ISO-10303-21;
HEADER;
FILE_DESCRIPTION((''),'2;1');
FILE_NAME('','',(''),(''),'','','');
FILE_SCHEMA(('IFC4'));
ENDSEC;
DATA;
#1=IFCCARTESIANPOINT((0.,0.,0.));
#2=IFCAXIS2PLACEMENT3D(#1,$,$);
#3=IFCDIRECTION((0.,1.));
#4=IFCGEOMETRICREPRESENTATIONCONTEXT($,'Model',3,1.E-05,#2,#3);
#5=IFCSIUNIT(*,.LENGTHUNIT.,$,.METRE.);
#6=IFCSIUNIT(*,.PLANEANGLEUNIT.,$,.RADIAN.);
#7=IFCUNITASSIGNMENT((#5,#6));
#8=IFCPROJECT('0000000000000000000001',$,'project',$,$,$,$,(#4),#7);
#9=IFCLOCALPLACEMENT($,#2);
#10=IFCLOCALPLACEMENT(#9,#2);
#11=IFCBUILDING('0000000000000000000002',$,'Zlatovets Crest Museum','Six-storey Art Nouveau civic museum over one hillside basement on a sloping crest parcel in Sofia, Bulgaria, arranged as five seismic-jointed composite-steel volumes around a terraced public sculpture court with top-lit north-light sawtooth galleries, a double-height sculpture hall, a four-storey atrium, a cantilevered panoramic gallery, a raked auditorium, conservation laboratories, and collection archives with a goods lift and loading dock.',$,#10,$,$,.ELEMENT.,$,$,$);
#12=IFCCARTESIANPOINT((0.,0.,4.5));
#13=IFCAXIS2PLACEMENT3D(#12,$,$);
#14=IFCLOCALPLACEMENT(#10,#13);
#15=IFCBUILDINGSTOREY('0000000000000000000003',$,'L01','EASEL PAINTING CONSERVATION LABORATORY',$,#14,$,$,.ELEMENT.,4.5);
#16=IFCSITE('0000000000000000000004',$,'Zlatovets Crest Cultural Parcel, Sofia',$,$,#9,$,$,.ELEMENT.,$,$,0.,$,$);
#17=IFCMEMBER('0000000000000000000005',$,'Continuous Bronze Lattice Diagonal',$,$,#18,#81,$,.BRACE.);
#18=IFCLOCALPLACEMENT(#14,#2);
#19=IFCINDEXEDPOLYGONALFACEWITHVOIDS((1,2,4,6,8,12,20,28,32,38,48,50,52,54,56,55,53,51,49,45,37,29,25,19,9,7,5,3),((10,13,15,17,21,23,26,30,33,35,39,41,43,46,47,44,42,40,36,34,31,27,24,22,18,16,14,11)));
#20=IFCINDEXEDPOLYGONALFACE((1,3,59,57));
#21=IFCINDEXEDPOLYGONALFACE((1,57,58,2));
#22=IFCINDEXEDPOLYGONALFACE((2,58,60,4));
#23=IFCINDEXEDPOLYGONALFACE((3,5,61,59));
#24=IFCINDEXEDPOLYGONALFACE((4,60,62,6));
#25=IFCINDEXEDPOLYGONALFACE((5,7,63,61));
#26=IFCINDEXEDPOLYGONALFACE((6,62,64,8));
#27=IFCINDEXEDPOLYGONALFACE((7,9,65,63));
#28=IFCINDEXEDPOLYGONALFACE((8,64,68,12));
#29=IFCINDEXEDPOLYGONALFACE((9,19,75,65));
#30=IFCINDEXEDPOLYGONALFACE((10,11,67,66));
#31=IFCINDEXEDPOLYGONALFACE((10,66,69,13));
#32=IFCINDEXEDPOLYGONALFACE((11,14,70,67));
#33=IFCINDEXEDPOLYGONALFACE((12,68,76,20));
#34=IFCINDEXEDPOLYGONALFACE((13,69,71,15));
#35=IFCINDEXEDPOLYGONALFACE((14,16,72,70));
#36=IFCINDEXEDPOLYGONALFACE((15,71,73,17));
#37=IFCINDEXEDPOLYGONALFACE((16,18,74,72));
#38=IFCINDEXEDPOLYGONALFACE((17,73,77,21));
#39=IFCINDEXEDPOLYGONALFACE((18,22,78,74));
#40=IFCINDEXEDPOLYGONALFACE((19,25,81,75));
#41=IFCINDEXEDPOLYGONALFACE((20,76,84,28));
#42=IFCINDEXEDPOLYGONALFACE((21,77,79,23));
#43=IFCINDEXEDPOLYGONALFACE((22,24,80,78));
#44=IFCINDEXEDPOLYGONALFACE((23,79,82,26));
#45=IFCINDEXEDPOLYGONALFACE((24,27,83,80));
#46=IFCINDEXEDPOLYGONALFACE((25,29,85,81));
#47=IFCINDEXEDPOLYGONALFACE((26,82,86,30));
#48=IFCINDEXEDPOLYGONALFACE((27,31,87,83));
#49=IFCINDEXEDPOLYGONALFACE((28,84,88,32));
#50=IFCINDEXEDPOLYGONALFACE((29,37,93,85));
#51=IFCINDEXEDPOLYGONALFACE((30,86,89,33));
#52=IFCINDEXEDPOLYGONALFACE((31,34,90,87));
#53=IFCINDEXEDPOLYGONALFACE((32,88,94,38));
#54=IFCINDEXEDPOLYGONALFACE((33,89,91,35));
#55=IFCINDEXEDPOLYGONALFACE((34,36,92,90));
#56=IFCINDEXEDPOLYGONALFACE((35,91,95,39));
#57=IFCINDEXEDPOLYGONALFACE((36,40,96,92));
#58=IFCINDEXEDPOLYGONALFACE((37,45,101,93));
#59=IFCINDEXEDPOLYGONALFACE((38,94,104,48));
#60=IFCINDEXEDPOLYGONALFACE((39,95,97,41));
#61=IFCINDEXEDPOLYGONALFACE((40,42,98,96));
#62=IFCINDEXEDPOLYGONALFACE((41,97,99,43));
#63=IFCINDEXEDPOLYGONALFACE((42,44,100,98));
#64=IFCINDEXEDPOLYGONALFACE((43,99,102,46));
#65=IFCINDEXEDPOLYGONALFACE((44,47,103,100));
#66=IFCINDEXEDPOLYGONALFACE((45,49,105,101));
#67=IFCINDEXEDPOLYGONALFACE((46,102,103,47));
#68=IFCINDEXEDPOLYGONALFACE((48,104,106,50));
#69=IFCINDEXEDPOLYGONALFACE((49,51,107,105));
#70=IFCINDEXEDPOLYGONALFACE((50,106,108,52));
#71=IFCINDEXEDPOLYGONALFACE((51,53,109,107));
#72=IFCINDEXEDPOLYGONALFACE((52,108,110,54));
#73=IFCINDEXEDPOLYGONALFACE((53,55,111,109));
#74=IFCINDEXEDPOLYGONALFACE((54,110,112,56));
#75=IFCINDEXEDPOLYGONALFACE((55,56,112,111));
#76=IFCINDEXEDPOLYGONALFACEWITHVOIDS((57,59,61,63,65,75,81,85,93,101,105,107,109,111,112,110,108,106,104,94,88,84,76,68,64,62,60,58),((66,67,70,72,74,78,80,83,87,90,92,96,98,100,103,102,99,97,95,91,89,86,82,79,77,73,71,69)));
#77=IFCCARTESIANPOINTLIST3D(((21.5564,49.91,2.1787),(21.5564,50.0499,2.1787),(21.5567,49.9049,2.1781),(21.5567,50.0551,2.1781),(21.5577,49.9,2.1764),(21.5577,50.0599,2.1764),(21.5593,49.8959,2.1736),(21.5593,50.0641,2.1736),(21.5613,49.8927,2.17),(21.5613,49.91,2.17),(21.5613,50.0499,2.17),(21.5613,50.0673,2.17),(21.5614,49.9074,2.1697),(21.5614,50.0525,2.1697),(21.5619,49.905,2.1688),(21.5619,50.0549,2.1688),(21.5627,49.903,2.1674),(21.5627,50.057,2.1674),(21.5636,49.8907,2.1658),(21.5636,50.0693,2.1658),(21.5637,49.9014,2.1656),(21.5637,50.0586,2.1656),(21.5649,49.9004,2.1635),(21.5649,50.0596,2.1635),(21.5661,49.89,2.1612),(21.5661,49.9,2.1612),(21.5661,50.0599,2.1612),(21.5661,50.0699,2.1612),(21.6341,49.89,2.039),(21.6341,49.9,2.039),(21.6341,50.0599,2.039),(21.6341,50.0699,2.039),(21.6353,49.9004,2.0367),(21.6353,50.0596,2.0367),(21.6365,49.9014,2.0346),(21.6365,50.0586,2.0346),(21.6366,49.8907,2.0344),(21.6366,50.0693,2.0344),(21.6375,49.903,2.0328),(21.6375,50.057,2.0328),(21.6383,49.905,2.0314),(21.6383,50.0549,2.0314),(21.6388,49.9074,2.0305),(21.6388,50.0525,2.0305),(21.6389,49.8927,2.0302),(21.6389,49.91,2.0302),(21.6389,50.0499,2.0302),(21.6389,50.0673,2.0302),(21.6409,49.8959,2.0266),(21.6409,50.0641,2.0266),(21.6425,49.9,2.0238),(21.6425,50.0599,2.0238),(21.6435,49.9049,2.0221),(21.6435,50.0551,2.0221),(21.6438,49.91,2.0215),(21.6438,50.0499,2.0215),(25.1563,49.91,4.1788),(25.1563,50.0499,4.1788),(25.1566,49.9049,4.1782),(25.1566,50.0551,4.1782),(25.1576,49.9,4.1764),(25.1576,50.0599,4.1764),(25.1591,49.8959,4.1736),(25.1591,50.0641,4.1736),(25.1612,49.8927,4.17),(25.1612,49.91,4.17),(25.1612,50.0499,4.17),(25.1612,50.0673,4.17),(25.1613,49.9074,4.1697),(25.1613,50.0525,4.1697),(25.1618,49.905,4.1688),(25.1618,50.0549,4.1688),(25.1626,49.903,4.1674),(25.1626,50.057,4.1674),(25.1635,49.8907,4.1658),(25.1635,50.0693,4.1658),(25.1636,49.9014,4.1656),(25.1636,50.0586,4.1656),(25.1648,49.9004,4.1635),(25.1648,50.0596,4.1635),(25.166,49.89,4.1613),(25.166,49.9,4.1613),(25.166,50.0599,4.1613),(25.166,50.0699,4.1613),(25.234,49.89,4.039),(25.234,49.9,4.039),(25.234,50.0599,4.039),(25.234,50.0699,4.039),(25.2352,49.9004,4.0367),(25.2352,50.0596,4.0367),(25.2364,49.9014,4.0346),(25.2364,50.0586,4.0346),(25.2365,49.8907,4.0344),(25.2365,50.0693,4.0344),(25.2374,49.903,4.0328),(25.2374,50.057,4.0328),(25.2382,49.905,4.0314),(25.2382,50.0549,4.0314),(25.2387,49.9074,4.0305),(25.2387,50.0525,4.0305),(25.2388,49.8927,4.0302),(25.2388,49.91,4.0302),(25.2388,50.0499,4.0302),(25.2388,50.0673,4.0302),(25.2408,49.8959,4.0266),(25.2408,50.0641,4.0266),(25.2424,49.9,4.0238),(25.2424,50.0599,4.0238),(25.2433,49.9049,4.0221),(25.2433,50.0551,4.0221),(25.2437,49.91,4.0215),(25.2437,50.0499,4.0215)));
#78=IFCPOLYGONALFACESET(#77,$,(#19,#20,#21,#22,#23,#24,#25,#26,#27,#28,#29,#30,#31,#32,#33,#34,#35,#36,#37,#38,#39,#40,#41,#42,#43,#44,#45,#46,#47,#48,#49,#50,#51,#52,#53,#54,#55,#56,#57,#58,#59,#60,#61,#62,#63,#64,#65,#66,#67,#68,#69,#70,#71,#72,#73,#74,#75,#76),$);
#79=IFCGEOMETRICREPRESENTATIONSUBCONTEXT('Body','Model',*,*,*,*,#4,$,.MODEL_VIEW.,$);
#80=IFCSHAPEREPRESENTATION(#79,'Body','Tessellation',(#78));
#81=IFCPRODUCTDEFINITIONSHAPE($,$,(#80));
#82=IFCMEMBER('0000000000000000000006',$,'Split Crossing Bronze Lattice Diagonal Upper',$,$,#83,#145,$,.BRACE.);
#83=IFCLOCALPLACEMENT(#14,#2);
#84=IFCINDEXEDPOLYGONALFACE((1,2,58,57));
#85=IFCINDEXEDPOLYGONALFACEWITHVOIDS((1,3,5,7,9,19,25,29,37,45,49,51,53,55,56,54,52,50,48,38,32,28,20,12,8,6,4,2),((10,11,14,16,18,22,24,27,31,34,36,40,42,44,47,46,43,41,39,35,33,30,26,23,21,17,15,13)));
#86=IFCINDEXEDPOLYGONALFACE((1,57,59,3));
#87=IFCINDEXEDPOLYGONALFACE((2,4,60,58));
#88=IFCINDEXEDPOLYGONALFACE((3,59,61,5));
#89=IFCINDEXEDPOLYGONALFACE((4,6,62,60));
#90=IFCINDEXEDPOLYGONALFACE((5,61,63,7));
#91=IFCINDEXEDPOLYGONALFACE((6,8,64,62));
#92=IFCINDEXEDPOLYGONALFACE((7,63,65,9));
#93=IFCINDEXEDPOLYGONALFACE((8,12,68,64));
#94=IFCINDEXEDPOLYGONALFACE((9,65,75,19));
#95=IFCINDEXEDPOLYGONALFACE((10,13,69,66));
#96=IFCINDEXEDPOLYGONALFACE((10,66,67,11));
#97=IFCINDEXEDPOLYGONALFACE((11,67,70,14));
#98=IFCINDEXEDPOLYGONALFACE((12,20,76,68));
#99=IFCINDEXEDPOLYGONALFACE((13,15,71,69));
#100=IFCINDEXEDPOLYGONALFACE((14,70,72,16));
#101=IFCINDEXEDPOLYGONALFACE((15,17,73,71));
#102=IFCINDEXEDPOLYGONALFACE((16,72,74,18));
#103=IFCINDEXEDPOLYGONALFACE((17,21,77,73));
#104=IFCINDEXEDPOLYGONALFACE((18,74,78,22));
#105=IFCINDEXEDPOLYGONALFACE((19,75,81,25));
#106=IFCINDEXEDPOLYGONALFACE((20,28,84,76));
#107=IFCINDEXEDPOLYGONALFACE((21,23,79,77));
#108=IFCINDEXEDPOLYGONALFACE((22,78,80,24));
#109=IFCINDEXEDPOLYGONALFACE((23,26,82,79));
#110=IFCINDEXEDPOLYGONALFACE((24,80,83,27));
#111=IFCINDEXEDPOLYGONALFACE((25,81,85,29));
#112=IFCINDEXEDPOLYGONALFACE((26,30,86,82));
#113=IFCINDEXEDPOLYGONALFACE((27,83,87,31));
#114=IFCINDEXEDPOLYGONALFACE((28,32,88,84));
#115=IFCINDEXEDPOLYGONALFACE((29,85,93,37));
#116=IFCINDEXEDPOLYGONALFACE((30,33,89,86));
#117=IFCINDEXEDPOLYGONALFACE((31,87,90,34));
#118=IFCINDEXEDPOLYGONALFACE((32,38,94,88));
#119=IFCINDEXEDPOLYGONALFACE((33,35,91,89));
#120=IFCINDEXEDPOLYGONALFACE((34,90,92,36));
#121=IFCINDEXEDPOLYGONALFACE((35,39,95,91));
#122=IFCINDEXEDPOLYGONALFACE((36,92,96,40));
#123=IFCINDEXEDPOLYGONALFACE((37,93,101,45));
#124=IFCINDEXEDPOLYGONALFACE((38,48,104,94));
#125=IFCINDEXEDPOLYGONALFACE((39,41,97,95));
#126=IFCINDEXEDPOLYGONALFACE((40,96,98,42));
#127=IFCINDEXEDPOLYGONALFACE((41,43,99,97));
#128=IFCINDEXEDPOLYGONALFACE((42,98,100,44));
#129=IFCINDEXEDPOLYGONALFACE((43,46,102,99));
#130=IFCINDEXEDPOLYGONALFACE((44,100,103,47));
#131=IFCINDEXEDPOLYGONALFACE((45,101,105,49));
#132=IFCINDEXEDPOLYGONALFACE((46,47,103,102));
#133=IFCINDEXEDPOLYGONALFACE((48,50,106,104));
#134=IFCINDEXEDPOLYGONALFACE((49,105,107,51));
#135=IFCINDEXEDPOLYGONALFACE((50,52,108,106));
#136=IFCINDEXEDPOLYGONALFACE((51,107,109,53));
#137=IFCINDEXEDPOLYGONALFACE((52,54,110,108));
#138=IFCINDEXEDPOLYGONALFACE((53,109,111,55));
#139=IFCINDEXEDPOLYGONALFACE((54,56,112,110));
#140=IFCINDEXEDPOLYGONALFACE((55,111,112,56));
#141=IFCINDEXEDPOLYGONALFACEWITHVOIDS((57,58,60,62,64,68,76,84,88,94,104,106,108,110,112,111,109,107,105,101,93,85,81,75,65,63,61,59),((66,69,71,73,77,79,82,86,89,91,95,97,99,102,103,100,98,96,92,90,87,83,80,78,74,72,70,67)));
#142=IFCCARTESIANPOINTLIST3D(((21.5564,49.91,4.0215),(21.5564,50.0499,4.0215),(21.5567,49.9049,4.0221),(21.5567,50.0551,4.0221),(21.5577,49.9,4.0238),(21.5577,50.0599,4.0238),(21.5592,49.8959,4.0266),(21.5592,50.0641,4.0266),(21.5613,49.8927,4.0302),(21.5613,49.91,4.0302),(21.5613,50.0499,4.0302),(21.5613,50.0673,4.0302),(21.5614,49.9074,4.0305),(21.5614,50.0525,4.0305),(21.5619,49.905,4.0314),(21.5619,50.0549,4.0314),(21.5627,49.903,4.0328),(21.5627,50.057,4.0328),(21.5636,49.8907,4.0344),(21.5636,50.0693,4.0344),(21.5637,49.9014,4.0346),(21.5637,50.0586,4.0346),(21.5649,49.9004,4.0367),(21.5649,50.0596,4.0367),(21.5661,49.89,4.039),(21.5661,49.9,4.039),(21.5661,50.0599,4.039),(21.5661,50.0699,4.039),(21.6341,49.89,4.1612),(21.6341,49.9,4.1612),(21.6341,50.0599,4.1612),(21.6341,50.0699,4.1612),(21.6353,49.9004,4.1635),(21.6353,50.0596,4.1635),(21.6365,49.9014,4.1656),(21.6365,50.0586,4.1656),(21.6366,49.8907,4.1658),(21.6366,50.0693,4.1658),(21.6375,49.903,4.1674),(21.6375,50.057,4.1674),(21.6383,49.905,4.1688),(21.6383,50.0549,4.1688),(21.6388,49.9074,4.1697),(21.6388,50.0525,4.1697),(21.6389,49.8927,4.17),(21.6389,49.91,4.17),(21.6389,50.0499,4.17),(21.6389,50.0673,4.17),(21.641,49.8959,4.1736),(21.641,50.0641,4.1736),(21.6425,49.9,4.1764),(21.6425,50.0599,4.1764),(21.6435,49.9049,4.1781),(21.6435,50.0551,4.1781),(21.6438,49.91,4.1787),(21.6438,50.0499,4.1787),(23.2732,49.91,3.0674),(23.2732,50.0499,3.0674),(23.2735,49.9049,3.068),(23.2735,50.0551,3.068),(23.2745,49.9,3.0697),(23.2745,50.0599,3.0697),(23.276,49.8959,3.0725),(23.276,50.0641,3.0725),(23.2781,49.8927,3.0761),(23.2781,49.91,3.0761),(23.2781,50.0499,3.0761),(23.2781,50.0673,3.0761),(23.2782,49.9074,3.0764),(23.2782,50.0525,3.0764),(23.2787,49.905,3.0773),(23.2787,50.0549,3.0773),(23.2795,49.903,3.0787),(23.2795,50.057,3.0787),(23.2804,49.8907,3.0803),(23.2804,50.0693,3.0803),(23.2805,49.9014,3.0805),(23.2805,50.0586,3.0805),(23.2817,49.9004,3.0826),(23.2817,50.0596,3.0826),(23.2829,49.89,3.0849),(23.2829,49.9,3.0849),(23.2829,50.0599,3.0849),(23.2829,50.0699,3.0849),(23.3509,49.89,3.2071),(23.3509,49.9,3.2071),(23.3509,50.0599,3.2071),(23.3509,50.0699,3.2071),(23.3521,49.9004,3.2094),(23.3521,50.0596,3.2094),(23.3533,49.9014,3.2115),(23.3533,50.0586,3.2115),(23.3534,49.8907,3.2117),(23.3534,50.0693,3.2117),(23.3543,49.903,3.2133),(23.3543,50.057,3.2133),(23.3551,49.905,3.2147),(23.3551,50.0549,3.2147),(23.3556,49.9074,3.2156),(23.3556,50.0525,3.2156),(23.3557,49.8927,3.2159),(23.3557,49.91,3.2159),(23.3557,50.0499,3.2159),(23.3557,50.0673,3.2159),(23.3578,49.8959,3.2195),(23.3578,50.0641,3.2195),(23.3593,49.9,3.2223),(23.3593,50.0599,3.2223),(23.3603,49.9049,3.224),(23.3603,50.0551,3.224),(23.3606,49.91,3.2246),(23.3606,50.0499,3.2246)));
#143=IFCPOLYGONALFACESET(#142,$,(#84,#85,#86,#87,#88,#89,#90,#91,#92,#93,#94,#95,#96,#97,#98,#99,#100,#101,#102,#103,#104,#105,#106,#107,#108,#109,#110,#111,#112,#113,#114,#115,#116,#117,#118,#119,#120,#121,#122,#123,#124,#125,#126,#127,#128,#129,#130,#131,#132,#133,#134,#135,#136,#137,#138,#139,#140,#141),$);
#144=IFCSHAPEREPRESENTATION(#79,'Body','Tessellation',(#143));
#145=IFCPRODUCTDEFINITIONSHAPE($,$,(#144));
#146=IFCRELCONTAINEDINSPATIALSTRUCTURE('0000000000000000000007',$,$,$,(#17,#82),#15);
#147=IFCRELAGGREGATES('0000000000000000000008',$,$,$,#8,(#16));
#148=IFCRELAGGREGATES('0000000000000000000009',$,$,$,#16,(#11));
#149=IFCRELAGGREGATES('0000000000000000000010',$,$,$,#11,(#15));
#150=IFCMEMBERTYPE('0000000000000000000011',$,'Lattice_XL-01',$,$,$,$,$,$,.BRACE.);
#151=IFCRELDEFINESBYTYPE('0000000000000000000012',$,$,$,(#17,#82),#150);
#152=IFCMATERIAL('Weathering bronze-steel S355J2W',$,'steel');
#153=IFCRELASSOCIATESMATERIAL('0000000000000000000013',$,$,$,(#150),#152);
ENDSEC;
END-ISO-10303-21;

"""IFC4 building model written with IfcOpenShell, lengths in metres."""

from ifc_helpers import new_model, si_unit, direction, frame, origin, origin_2d, place, context, subcontext, project, spatial, hollow_rectangle, extrude, material, material_profile, profile_set, type_object, element, save


model = new_model("IFC4")

# Units and contexts
model_context = context("Model", 3, precision=1e-05, world=origin(), true_north=direction((0.0, 1.0)))
body_context = subcontext(model_context, "Body", "Model", "MODEL_VIEW")
ifc_project = project(units=[si_unit("LENGTHUNIT", "METRE"), si_unit("PLANEANGLEUNIT", "RADIAN")], contexts=[model_context])

# Site, building, storey
site_placement = place(None, origin())
site = spatial("IfcSite", under=ifc_project, at=site_placement, Name="Zlatovets Crest Cultural Parcel, Sofia", CompositionType="ELEMENT", RefElevation=0.0)
building_placement = place(site_placement, origin())
building = spatial("IfcBuilding", under=site, at=building_placement, Name="Zlatovets Crest Museum", Description="Six-storey Art Nouveau civic museum over one hillside basement on a sloping crest parcel in Sofia, Bulgaria, arranged as five seismic-jointed composite-steel volumes around a terraced public sculpture court with top-lit north-light sawtooth galleries, a double-height sculpture hall, a four-storey atrium, a cantilevered panoramic gallery, a raked auditorium, conservation laboratories, and collection archives with a goods lift and loading dock.", CompositionType="ELEMENT")
storey_placement = place(building_placement, frame((0.0, 0.0, 4.5)))
storey = spatial("IfcBuildingStorey", under=building, at=storey_placement, Name="L01", Description="EASEL PAINTING CONSERVATION LABORATORY", CompositionType="ELEMENT", Elevation=4.5)

# Members
ifc_material_1 = material(Name="Weathering bronze-steel S355J2W", Category="steel")
ifc_material_profile_1 = material_profile(ifc_material_1, hollow_rectangle(XDim=0.1799, YDim=0.1799, WallThickness=0.01, InnerFilletRadius=0.01, OuterFilletRadius=0.02, at=origin_2d()), Name="SHS 180x180x10.0")
ifc_profile_set_1 = profile_set([ifc_material_profile_1], Name="Weathering bronze-steel S355J2W")
member_type_1 = type_object("IfcMemberType", Name="Lattice_XL-01", PredefinedType="BRACE", material=ifc_profile_set_1)
member_1_placement = place(storey_placement, frame((21.6001, 49.98, 2.1001), z_axis=(0.874149, 0.0, 0.485658), x_axis=(0.0, 1.0, 0.0)))
element("IfcMember", 1, at=member_1_placement, inside=storey, type_object=member_type_1, Name="Continuous Bronze Lattice Diagonal", PredefinedType="BRACE", context=body_context, shape_type="SweptSolid", body=[
    extrude(hollow_rectangle(XDim=0.1799, YDim=0.1799, WallThickness=0.01, InnerFilletRadius=0.01, OuterFilletRadius=0.02, at=origin_2d()), origin(), (0.0, 0.0, 1.0), 4.1182),
])
for number, where, z_axis, x_axis, name in (
    (2, (21.6001, 49.98, 4.1001), (0.874087, 0.0, -0.48577), (0.0, 1.0, 0.0), "Split Crossing Bronze Lattice Diagonal Upper"),
):
    element("IfcMember", number, at=place(storey_placement, frame(where, z_axis=z_axis, x_axis=x_axis)), inside=storey, type_object=member_type_1, Name=name, PredefinedType="BRACE", context=body_context, shape_type="SweptSolid", body=[
        extrude(hollow_rectangle(XDim=0.1799, YDim=0.1799, WallThickness=0.01, InnerFilletRadius=0.01, OuterFilletRadius=0.02, at=origin_2d()), origin(), (0.0, 0.0, 1.0), 1.9641),
    ])

save(model, "model.ifc")
